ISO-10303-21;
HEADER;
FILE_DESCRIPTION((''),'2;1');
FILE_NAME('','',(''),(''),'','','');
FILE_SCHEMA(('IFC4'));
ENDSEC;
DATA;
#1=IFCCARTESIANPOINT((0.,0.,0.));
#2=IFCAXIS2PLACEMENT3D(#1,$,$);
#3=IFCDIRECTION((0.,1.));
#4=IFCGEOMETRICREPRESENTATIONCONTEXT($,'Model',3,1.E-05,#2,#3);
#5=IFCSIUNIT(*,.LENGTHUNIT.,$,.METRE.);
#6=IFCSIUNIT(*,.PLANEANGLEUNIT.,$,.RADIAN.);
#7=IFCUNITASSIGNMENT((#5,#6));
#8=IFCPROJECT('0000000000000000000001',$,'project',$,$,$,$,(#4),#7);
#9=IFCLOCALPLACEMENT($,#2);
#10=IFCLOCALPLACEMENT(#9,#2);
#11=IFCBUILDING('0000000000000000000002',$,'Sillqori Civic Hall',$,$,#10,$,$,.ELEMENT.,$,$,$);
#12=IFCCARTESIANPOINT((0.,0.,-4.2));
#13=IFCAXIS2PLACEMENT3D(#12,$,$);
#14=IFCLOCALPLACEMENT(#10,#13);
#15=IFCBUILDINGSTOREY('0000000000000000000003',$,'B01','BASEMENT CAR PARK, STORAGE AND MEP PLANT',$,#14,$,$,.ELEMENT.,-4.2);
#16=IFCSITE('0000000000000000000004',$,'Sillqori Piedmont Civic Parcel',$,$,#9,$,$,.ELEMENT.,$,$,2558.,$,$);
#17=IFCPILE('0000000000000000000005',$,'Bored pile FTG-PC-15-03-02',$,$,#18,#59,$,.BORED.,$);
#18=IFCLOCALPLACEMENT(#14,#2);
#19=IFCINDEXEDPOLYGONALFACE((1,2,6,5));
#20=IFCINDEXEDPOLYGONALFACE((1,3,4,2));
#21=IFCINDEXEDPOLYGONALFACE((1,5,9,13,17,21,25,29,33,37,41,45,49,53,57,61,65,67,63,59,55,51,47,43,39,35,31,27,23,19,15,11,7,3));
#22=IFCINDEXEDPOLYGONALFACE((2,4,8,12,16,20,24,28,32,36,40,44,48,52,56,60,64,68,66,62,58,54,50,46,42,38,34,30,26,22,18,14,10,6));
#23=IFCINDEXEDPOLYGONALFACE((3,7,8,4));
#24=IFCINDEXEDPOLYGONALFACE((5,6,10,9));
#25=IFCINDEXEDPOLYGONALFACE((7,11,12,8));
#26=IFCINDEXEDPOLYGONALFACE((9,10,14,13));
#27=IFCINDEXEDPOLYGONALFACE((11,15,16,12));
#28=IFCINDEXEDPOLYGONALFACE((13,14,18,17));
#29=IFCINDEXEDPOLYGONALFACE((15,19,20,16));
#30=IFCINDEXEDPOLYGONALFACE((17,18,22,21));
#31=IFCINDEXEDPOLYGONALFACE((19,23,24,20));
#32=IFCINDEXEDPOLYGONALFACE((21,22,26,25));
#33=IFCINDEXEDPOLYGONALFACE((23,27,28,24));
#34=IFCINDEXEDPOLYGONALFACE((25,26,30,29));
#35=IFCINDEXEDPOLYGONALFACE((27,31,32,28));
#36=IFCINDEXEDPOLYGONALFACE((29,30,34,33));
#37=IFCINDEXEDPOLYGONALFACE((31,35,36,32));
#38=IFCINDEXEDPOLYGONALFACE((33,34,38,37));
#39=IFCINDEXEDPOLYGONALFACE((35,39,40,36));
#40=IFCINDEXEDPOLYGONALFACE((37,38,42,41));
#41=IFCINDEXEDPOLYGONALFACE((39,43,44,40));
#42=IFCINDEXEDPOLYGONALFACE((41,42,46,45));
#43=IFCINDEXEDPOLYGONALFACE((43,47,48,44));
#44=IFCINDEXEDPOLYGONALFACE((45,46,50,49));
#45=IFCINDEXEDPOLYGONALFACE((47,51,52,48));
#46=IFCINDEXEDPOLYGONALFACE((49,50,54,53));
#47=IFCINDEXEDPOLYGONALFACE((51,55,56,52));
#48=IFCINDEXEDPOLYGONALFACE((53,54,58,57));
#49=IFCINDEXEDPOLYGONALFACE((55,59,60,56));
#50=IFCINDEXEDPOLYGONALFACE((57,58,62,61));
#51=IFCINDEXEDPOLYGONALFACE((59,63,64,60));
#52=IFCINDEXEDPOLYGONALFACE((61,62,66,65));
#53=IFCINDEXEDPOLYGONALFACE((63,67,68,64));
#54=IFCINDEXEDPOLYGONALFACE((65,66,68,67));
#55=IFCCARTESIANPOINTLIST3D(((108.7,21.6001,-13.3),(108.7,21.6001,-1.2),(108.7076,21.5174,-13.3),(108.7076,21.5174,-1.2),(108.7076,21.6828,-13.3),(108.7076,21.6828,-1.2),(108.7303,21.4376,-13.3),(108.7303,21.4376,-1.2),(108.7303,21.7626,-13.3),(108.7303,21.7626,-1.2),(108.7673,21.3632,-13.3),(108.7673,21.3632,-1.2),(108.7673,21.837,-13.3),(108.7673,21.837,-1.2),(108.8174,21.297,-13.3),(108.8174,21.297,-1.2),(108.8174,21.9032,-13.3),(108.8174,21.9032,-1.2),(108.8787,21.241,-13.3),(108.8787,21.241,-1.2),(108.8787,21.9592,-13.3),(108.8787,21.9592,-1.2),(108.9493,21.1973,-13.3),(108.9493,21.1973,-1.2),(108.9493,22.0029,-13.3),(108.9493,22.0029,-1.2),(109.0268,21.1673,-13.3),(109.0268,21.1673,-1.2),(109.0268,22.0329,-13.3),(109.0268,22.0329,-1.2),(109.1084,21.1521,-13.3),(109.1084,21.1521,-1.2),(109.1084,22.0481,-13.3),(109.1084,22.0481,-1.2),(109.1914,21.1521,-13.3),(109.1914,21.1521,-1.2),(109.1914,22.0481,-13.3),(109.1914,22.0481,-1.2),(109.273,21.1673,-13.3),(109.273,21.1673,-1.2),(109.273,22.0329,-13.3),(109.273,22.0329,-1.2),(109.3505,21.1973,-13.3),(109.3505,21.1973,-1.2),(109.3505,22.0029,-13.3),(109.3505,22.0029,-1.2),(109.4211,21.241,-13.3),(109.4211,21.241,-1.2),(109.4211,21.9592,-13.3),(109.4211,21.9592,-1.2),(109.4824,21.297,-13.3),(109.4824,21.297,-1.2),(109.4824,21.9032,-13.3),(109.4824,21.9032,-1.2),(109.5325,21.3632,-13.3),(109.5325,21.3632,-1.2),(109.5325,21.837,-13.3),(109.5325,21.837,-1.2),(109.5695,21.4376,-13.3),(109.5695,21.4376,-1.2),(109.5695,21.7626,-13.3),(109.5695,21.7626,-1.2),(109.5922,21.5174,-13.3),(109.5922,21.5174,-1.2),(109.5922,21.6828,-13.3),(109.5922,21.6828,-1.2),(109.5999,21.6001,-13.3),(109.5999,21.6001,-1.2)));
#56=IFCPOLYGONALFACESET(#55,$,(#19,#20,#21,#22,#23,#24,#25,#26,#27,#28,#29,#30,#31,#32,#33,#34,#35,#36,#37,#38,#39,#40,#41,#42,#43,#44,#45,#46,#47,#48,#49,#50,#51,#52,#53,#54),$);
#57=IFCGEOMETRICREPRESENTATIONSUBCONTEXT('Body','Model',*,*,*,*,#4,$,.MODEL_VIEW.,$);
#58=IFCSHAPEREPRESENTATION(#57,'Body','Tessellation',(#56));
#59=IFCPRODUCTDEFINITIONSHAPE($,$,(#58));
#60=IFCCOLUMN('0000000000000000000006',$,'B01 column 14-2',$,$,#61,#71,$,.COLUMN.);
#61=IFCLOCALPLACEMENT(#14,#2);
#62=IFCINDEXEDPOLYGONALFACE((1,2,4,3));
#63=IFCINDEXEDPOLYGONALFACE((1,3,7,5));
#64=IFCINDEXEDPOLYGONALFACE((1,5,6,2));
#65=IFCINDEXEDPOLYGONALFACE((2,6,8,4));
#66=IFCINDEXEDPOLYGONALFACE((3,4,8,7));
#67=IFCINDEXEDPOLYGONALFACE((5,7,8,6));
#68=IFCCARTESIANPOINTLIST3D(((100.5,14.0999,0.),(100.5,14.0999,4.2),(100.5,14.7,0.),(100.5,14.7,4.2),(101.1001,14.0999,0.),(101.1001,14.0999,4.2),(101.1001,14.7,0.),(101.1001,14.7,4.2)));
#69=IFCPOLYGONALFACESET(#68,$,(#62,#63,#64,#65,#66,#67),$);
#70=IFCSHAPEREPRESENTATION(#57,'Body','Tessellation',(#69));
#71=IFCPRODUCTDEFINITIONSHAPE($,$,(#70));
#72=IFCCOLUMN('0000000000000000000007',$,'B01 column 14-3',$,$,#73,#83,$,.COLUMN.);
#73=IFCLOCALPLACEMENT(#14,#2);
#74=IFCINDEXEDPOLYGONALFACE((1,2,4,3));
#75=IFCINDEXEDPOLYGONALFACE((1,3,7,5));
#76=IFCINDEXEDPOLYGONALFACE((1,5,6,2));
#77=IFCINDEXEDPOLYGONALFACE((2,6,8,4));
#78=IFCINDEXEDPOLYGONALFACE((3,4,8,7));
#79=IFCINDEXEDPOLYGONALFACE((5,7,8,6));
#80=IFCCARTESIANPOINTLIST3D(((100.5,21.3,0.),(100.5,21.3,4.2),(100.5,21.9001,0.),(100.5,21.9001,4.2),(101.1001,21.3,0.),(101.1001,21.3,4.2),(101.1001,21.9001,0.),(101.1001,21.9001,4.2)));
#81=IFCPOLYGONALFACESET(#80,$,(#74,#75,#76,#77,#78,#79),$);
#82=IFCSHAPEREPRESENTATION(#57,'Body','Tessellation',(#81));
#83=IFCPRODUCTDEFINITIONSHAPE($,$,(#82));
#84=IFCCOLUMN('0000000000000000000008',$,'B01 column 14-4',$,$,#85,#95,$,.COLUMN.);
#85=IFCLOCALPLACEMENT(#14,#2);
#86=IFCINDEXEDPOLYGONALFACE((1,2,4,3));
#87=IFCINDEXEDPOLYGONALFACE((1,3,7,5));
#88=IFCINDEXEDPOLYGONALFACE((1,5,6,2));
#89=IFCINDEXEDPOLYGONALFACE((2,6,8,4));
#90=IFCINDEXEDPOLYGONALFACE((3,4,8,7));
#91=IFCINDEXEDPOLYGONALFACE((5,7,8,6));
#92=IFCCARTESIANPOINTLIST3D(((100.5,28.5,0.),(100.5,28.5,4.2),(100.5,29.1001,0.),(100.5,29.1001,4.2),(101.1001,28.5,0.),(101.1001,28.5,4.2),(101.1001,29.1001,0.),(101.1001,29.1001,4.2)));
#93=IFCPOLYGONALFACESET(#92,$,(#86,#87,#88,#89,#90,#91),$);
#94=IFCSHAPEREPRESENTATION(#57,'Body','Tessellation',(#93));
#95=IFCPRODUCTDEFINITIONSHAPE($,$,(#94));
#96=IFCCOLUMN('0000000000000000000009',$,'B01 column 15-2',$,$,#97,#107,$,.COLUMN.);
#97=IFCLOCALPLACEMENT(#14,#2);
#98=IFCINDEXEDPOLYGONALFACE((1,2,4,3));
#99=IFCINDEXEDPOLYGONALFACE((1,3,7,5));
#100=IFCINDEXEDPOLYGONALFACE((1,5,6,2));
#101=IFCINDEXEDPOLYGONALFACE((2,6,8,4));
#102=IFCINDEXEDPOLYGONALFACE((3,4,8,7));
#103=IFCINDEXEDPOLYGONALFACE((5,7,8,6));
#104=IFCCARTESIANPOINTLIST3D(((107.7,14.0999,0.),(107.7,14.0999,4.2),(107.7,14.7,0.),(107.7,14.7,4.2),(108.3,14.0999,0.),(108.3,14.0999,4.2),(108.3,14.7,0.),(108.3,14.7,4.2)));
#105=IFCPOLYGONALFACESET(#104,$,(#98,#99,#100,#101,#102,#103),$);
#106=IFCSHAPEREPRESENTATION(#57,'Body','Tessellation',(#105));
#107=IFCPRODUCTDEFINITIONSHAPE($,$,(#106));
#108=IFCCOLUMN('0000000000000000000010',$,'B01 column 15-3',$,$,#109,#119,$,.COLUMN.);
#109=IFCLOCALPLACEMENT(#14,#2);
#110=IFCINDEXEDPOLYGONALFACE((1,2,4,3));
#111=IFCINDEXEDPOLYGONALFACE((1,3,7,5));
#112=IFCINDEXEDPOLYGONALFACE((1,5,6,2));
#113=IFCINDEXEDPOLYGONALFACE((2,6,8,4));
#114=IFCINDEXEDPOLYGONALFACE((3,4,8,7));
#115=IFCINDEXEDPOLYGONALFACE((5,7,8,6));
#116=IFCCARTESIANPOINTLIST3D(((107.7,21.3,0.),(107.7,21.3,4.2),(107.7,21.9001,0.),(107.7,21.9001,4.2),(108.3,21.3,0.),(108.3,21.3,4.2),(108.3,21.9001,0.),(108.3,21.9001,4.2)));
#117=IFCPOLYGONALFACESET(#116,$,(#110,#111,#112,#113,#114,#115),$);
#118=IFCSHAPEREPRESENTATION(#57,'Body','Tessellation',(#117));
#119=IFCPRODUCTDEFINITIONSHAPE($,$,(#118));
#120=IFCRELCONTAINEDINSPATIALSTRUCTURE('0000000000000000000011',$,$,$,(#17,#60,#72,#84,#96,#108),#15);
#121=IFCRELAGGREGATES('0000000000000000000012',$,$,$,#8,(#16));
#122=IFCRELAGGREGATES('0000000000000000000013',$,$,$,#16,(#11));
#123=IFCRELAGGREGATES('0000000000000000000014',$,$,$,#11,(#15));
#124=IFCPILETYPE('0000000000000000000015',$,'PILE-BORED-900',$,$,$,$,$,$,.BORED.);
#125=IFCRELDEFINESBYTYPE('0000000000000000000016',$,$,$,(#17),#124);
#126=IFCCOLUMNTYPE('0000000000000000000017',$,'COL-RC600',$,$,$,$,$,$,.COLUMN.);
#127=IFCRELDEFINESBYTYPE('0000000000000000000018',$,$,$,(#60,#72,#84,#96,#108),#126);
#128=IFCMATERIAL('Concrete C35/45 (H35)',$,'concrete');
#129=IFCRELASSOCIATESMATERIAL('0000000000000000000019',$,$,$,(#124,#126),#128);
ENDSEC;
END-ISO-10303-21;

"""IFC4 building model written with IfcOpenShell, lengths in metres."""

from ifc_helpers import new_model, si_unit, direction, frame, origin, origin_2d, place, context, subcontext, project, spatial, rectangle, circle, extrude, material, material_profile, profile_set, type_object, element, save


model = new_model("IFC4")

# Units and contexts
model_context = context("Model", 3, precision=1e-05, world=origin(), true_north=direction((0.0, 1.0)))
body_context = subcontext(model_context, "Body", "Model", "MODEL_VIEW")
ifc_project = project(units=[si_unit("LENGTHUNIT", "METRE"), si_unit("PLANEANGLEUNIT", "RADIAN")], contexts=[model_context])

# Site, building, storey
site_placement = place(None, origin())
site = spatial("IfcSite", under=ifc_project, at=site_placement, Name="Sillqori Piedmont Civic Parcel", CompositionType="ELEMENT", RefElevation=2558.0)
building_placement = place(site_placement, origin())
building = spatial("IfcBuilding", under=site, at=building_placement, Name="Sillqori Civic Hall", CompositionType="ELEMENT")
storey_placement = place(building_placement, frame((0.0, 0.0, -4.2)))
storey = spatial("IfcBuildingStorey", under=building, at=storey_placement, Name="B01", Description="BASEMENT CAR PARK, STORAGE AND MEP PLANT", CompositionType="ELEMENT", Elevation=-4.2)

# Shared definitions
ifc_material = material(Name="Concrete C35/45 (H35)", Category="concrete")

# Pile
ifc_material_profile_1 = material_profile(ifc_material, circle(Radius=0.45, at=origin_2d()), Name="BORED PILE 900")
ifc_profile_set_1 = profile_set([ifc_material_profile_1], Name="Concrete C35/45 (H35)")
pile_type = type_object("IfcPileType", Name="PILE-BORED-900", PredefinedType="BORED", material=ifc_profile_set_1)
for number, where, z_axis, x_axis, name in (
    (1, (109.1499, 21.6001, -1.2), (0.0, 0.0, -1.0), (1.0, 0.0, 0.0), "Bored pile FTG-PC-15-03-02"),
):
    element("IfcPile", number, at=place(storey_placement, frame(where, z_axis=z_axis, x_axis=x_axis)), inside=storey, type_object=pile_type, Name=name, PredefinedType="BORED", context=body_context, shape_type="SweptSolid", body=[
        extrude(circle(Radius=0.45, at=origin_2d()), origin(), (0.0, 0.0, 1.0), 12.1001),
    ])

# Columns
ifc_material_profile_2 = material_profile(ifc_material, rectangle(XDim=0.6001, YDim=0.6001, at=origin_2d()), Name="RC 600x600")
ifc_profile_set_2 = profile_set([ifc_material_profile_2], Name="Concrete C35/45 (H35)")
column_type = type_object("IfcColumnType", Name="COL-RC600", PredefinedType="COLUMN", material=ifc_profile_set_2)
for number, where, z_axis, x_axis, name in (
    (2, (100.8, 14.3999, 0.0), (0.0, 0.0, 1.0), (1.0, 0.0, 0.0), "B01 column 14-2"),
    (3, (100.8, 21.6001, 0.0), (0.0, 0.0, 1.0), (1.0, 0.0, 0.0), "B01 column 14-3"),
    (4, (100.8, 28.8, 0.0), (0.0, 0.0, 1.0), (1.0, 0.0, 0.0), "B01 column 14-4"),
    (5, (108.0, 14.3999, 0.0), (0.0, 0.0, 1.0), (1.0, 0.0, 0.0), "B01 column 15-2"),
    (6, (108.0, 21.6001, 0.0), (0.0, 0.0, 1.0), (1.0, 0.0, 0.0), "B01 column 15-3"),
):
    element("IfcColumn", number, at=place(storey_placement, frame(where, z_axis=z_axis, x_axis=x_axis)), inside=storey, type_object=column_type, Name=name, PredefinedType="COLUMN", context=body_context, shape_type="SweptSolid", body=[
        extrude(rectangle(XDim=0.6001, YDim=0.6001, at=origin_2d()), origin(), (0.0, 0.0, 1.0), 4.2),
    ])

save(model, "model.ifc")
